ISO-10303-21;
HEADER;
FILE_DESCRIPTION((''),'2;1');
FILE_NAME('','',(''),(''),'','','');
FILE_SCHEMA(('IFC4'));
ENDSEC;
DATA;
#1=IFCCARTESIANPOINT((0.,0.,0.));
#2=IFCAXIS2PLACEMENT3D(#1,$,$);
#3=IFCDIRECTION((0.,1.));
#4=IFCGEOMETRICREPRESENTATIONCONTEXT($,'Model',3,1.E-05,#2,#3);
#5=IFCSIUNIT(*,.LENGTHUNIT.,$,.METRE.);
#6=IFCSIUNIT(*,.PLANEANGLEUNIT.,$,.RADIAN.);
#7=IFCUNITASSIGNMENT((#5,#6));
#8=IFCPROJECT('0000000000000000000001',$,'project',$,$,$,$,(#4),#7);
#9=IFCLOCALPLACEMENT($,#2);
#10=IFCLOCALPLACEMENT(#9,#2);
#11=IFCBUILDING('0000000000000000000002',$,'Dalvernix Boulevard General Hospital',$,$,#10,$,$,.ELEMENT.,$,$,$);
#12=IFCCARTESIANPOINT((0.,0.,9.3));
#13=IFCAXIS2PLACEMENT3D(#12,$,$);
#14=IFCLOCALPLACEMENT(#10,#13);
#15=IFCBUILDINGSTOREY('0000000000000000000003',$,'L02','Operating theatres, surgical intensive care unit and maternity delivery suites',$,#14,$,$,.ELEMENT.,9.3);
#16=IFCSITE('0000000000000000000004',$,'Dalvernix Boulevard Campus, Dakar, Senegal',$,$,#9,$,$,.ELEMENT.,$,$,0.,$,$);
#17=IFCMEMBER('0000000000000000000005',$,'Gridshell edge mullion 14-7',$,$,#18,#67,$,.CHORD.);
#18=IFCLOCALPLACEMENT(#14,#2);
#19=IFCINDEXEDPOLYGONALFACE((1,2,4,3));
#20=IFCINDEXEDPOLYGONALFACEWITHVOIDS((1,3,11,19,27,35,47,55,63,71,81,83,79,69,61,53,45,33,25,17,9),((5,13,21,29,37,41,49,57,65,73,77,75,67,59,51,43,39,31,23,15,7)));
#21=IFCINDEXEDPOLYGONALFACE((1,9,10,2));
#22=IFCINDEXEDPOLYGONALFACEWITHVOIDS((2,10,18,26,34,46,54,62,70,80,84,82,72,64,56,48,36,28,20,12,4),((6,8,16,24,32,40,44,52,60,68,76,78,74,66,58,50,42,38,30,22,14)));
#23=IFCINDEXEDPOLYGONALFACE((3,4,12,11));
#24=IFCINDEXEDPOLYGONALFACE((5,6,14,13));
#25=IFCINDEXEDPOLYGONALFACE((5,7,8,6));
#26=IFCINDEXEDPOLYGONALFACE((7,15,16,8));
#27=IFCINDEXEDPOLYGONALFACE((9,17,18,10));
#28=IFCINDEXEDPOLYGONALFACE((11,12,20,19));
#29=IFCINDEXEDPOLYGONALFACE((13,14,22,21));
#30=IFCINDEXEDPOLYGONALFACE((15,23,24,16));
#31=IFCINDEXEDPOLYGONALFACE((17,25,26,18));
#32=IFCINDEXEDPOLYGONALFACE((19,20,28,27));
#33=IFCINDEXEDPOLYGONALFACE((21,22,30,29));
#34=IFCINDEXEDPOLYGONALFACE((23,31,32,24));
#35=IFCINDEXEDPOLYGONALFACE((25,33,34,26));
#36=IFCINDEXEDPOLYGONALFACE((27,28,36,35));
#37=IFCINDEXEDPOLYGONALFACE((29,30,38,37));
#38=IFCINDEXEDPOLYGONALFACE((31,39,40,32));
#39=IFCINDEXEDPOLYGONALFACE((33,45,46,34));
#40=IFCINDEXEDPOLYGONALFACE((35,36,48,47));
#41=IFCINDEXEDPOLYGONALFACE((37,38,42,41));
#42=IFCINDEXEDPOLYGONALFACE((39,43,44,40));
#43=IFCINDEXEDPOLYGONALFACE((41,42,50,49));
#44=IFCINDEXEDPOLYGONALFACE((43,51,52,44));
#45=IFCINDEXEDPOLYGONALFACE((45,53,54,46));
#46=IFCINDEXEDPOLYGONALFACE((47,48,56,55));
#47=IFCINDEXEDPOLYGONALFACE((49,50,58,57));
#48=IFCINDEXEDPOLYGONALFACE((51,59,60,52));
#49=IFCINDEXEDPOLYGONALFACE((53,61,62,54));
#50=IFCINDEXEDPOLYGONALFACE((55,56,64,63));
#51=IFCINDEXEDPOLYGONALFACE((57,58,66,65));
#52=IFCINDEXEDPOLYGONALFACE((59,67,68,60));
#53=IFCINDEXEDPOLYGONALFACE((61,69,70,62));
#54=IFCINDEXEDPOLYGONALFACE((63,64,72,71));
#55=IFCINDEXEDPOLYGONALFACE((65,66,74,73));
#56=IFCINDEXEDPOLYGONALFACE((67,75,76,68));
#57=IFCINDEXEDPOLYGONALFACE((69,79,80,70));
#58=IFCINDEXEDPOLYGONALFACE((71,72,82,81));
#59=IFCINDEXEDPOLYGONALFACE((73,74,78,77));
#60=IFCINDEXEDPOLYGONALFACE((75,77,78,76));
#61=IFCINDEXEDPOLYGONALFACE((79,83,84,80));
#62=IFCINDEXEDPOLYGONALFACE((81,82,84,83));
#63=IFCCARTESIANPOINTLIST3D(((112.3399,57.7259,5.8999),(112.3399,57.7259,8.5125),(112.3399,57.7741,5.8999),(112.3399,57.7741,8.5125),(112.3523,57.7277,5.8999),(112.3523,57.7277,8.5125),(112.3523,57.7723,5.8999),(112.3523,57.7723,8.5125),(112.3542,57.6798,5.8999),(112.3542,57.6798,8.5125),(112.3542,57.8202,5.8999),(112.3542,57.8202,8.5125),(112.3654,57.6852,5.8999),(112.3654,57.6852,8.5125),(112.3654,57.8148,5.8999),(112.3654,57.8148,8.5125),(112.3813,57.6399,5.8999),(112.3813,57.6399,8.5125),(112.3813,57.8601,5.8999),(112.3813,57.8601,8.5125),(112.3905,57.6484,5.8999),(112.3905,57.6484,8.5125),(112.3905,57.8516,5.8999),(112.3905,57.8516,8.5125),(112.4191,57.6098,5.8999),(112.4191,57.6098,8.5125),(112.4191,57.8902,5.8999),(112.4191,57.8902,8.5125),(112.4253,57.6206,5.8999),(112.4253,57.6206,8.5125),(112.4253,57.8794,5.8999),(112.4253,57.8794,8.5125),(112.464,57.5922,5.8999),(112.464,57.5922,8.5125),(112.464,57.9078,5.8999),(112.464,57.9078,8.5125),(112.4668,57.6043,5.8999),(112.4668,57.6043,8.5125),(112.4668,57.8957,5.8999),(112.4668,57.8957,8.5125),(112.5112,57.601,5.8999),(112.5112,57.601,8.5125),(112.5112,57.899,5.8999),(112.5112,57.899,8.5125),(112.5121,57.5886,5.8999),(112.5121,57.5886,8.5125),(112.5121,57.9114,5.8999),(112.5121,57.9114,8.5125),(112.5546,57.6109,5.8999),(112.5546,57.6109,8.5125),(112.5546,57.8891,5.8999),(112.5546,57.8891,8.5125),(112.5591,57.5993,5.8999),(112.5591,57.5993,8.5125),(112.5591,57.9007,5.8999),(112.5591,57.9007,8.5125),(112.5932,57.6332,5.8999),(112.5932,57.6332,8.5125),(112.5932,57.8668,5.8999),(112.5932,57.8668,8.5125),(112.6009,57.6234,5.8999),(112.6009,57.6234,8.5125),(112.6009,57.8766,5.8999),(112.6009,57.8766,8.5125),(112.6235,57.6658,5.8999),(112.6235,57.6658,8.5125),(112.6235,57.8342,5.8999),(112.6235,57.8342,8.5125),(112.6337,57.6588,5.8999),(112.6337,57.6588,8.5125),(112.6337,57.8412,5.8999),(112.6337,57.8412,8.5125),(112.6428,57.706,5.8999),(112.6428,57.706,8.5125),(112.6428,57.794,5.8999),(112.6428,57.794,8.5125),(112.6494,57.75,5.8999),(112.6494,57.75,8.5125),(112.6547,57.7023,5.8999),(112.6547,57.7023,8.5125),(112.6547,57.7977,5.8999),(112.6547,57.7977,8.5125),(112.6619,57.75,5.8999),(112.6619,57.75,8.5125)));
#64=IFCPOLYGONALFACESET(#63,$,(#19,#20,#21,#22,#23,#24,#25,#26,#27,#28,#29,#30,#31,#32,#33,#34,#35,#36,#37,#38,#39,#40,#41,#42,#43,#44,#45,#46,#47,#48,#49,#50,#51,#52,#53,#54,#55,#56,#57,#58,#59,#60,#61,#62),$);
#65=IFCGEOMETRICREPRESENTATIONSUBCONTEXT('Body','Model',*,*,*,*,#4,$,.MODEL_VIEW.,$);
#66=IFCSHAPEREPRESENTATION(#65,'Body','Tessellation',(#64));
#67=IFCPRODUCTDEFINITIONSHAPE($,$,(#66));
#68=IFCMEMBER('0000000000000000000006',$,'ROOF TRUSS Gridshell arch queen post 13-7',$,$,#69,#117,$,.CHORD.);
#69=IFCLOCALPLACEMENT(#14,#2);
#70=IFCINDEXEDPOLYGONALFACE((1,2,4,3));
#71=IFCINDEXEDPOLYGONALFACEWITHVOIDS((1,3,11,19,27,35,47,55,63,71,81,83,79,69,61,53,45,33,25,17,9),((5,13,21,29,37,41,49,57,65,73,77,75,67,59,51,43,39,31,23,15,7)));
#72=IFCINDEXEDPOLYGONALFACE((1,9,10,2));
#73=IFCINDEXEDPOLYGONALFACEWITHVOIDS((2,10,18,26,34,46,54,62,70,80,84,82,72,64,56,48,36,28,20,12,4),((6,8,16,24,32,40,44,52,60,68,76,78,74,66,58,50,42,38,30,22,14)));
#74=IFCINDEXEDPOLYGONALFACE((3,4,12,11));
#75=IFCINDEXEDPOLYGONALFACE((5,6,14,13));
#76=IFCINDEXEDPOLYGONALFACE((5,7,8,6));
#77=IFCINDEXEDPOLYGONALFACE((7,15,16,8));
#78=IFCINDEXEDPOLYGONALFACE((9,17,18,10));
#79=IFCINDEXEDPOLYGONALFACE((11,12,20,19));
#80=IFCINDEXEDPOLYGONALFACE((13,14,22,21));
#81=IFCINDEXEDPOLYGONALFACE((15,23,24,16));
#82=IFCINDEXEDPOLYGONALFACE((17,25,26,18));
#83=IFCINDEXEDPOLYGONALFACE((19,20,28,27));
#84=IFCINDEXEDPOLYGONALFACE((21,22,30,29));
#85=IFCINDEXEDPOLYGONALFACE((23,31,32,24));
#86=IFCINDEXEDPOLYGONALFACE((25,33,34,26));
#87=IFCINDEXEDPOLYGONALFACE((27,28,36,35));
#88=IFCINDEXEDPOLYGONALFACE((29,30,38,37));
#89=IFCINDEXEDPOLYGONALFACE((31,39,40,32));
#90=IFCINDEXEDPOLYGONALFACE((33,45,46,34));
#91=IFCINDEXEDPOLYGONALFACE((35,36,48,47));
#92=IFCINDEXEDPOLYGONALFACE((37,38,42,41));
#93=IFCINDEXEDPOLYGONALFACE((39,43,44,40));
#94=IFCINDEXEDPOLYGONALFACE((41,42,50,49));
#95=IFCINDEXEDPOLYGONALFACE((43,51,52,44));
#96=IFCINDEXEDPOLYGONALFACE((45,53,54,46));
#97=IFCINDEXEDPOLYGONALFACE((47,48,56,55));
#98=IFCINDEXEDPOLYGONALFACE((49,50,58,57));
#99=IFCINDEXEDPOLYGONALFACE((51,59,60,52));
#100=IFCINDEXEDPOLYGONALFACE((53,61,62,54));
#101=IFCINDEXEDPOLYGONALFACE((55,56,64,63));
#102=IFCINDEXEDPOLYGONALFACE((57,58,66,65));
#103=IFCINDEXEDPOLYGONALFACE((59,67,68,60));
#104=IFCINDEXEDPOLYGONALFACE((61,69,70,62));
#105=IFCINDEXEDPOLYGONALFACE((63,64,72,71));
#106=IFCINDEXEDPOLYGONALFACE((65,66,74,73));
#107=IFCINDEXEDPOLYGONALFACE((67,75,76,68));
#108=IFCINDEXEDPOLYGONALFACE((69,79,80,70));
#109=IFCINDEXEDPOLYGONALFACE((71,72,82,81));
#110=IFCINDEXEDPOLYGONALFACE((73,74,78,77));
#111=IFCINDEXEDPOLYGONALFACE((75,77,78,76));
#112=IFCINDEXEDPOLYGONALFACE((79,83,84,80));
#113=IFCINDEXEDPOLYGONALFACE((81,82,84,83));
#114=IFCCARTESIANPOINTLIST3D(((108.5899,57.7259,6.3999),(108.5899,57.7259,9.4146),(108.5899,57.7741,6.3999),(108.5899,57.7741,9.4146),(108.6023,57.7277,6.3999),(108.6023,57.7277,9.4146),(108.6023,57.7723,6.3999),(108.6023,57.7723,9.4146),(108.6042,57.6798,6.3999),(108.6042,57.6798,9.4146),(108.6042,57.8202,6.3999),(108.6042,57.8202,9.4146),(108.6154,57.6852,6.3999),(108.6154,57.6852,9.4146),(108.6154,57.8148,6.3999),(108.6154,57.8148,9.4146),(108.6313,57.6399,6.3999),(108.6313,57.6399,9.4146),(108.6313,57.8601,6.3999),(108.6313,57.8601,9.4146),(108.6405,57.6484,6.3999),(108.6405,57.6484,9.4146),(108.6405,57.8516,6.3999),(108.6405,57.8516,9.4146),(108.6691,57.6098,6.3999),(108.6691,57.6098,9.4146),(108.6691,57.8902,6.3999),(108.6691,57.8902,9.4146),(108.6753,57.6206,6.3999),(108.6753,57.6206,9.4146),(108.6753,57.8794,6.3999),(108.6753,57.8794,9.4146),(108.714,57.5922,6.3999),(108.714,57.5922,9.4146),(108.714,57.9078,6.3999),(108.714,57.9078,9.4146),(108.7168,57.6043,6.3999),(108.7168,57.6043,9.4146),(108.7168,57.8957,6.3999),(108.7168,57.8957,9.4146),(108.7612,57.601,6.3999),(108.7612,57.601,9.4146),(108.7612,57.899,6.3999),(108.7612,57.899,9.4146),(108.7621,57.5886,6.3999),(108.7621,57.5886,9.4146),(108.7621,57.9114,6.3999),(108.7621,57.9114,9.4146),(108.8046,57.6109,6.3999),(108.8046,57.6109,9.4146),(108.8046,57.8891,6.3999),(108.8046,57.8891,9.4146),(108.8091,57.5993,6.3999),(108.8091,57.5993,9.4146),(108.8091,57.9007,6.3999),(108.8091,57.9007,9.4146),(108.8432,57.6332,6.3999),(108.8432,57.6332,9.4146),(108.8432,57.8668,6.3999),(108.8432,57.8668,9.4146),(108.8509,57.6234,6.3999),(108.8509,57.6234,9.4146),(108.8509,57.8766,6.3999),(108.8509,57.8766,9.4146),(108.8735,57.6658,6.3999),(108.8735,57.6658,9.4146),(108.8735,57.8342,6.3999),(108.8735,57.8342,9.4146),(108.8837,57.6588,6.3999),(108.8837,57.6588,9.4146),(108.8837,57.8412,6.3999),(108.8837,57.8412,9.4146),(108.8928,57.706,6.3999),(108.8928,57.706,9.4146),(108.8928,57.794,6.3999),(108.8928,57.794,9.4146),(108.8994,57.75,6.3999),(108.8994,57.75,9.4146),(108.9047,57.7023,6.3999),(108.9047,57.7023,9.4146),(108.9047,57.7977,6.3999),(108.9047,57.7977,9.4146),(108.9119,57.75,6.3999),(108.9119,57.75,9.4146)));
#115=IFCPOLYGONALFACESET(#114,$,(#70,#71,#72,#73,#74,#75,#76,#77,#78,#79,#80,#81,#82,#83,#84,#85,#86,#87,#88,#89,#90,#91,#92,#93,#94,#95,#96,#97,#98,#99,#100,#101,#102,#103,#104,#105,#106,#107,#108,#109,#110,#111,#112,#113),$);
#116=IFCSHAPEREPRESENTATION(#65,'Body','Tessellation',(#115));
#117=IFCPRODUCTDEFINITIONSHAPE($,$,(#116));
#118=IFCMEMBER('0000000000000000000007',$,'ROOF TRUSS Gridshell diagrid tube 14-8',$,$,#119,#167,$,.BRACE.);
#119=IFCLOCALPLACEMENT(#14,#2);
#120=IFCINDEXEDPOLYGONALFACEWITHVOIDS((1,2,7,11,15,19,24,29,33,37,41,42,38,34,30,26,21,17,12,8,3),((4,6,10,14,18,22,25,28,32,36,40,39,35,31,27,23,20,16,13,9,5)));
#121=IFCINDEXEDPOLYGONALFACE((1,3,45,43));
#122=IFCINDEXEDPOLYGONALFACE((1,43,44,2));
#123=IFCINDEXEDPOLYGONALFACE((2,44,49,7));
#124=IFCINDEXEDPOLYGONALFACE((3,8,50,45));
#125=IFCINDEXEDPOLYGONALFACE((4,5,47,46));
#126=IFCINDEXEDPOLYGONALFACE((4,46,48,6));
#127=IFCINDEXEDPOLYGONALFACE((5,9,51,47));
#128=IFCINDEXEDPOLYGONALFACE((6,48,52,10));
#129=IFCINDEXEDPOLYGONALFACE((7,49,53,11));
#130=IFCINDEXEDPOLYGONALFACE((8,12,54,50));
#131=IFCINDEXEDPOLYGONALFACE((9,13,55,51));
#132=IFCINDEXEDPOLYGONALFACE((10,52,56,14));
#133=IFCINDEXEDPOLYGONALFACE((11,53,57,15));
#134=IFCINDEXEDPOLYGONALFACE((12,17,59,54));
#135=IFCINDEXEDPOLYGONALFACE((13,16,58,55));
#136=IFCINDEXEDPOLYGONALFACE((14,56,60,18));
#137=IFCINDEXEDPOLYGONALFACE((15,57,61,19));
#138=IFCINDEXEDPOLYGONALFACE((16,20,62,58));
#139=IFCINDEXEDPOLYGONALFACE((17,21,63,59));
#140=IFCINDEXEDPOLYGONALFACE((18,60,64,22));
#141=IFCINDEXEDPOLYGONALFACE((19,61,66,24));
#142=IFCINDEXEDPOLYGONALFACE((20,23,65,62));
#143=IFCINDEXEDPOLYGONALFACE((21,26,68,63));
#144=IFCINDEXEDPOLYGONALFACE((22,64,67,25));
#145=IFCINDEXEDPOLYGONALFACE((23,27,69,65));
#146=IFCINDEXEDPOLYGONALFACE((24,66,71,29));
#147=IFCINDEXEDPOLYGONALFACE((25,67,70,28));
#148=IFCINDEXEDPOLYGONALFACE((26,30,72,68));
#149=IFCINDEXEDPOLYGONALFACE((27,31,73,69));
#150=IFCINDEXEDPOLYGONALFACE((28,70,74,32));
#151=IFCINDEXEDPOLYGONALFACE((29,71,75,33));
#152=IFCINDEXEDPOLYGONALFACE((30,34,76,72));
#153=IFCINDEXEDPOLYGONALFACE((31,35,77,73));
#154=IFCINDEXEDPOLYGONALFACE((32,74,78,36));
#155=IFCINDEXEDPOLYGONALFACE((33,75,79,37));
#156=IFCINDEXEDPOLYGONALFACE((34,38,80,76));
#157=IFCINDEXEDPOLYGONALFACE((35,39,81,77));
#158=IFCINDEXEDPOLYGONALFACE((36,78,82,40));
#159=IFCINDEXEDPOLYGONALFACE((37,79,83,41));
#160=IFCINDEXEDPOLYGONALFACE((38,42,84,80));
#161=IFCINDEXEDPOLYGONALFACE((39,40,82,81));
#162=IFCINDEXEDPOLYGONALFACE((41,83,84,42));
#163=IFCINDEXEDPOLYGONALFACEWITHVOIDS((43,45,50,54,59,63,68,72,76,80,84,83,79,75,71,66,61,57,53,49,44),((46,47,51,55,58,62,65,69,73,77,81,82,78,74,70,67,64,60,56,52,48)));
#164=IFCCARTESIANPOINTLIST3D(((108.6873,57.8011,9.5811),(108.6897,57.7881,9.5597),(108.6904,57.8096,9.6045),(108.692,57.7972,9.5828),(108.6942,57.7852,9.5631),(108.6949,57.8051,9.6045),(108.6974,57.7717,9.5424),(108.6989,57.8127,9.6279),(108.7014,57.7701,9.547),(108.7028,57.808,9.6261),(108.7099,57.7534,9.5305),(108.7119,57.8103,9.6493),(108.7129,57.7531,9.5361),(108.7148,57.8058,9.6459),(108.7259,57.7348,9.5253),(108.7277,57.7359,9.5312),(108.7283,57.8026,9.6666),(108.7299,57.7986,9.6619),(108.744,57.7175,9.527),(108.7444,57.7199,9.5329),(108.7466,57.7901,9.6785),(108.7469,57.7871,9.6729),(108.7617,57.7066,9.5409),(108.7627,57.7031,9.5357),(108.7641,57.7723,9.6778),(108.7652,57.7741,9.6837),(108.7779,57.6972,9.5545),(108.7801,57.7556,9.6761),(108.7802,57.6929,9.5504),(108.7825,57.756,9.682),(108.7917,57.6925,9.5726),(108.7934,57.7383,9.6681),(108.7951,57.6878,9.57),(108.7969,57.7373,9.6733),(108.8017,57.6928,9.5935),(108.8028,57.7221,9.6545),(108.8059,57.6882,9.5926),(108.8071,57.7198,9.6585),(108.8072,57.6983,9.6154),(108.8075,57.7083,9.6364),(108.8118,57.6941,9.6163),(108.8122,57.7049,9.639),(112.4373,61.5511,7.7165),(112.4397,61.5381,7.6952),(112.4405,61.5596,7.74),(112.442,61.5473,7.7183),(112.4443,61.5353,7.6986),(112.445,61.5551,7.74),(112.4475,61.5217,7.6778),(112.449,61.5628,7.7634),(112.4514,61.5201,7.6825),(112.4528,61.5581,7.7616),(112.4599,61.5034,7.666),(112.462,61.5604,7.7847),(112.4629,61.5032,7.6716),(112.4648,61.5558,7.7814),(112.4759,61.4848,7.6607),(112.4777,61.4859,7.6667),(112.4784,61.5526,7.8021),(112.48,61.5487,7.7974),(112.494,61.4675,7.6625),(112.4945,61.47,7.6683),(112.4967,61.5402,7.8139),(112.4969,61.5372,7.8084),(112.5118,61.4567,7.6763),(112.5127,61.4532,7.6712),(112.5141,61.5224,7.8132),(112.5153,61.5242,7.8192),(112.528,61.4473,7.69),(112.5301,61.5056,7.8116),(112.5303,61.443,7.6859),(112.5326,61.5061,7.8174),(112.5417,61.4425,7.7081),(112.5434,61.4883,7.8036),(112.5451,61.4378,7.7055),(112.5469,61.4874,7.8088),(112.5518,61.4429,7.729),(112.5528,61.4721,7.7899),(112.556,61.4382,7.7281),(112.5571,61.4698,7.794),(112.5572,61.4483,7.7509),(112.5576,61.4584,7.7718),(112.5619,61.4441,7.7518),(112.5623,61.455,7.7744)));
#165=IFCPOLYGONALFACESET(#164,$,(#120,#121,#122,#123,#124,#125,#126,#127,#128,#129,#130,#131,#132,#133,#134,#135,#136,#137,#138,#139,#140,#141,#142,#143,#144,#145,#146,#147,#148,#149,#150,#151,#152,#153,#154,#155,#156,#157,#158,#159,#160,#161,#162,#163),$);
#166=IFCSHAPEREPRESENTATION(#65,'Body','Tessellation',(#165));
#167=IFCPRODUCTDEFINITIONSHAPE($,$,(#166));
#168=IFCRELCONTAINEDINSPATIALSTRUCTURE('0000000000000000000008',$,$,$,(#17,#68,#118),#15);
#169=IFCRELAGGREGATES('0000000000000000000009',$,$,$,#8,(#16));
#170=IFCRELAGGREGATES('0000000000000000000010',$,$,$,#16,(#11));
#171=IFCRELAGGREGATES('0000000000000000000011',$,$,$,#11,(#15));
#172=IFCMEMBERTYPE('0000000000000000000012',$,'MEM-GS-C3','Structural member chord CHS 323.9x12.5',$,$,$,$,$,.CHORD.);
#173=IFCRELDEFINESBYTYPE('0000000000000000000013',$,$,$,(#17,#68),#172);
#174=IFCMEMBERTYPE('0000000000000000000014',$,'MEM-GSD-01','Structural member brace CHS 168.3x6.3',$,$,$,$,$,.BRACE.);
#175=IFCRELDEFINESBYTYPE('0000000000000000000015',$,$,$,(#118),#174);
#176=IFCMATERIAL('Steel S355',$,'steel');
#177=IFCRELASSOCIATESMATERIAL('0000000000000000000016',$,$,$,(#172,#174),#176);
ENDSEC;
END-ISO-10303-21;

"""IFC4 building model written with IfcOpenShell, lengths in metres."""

from ifc_helpers import new_model, si_unit, direction, frame, origin, origin_2d, place, context, subcontext, project, spatial, hollow_circle, extrude, material, material_profile, profile_set, type_object, element, save


model = new_model("IFC4")

# Units and contexts
model_context = context("Model", 3, precision=1e-05, world=origin(), true_north=direction((0.0, 1.0)))
body_context = subcontext(model_context, "Body", "Model", "MODEL_VIEW")
ifc_project = project(units=[si_unit("LENGTHUNIT", "METRE"), si_unit("PLANEANGLEUNIT", "RADIAN")], contexts=[model_context])

# Site, building, storey
site_placement = place(None, origin())
site = spatial("IfcSite", under=ifc_project, at=site_placement, Name="Dalvernix Boulevard Campus, Dakar, Senegal", CompositionType="ELEMENT", RefElevation=0.0)
building_placement = place(site_placement, origin())
building = spatial("IfcBuilding", under=site, at=building_placement, Name="Dalvernix Boulevard General Hospital", CompositionType="ELEMENT")
storey_placement = place(building_placement, frame((0.0, 0.0, 9.3)))
storey = spatial("IfcBuildingStorey", under=building, at=storey_placement, Name="L02", Description="Operating theatres, surgical intensive care unit and maternity delivery suites", CompositionType="ELEMENT", Elevation=9.3)

# Members
ifc_material_1 = material(Name="Steel S355", Category="steel")
ifc_material_profile_1 = material_profile(ifc_material_1, hollow_circle(Radius=0.1619, WallThickness=0.0125, at=origin_2d()), Name="CHS 323.9x12.5")
ifc_profile_set_1 = profile_set([ifc_material_profile_1], Name="Steel S355")
member_type_1 = type_object("IfcMemberType", Name="MEM-GS-C3", Description="Structural member chord CHS 323.9x12.5", PredefinedType="CHORD", material=ifc_profile_set_1)
member_1_placement = place(storey_placement, frame((112.5, 57.75, 5.8999), z_axis=(0.0, 0.0, 1.0), x_axis=(1.0, 0.0, 0.0)))
element("IfcMember", 1, at=member_1_placement, inside=storey, type_object=member_type_1, Name="Gridshell edge mullion 14-7", PredefinedType="CHORD", context=body_context, shape_type="SweptSolid", body=[
    extrude(hollow_circle(Radius=0.1619, WallThickness=0.0125, at=origin_2d()), origin(), (0.0, 0.0, 1.0), 2.6125),
])
member_2_placement = place(storey_placement, frame((108.75, 57.75, 6.3999), z_axis=(0.0, 0.0, 1.0), x_axis=(1.0, 0.0, 0.0)))
element("IfcMember", 2, at=member_2_placement, inside=storey, type_object=member_type_1, Name="ROOF TRUSS Gridshell arch queen post 13-7", PredefinedType="CHORD", context=body_context, shape_type="SweptSolid", body=[
    extrude(hollow_circle(Radius=0.1619, WallThickness=0.0125, at=origin_2d()), origin(), (0.0, 0.0, 1.0), 3.0146),
])
ifc_material_profile_2 = material_profile(ifc_material_1, hollow_circle(Radius=0.0842, WallThickness=0.0063, at=origin_2d()), Name="CHS 168.3x6.3")
ifc_profile_set_2 = profile_set([ifc_material_profile_2], Name="Steel S355")
member_type_2 = type_object("IfcMemberType", Name="MEM-GSD-01", Description="Structural member brace CHS 168.3x6.3", PredefinedType="BRACE", material=ifc_profile_set_2)
member_3_placement = place(storey_placement, frame((108.75, 57.75, 9.6045), z_axis=(0.667081, 0.667081, -0.331673), x_axis=(-0.707107, 0.707107, 0.0)))
element("IfcMember", 3, at=member_3_placement, inside=storey, type_object=member_type_2, Name="ROOF TRUSS Gridshell diagrid tube 14-8", PredefinedType="BRACE", context=body_context, shape_type="SweptSolid", body=[
    extrude(hollow_circle(Radius=0.0842, WallThickness=0.0063, at=origin_2d()), origin(), (0.0, 0.0, 1.0), 5.6216),
])

save(model, "model.ifc")
